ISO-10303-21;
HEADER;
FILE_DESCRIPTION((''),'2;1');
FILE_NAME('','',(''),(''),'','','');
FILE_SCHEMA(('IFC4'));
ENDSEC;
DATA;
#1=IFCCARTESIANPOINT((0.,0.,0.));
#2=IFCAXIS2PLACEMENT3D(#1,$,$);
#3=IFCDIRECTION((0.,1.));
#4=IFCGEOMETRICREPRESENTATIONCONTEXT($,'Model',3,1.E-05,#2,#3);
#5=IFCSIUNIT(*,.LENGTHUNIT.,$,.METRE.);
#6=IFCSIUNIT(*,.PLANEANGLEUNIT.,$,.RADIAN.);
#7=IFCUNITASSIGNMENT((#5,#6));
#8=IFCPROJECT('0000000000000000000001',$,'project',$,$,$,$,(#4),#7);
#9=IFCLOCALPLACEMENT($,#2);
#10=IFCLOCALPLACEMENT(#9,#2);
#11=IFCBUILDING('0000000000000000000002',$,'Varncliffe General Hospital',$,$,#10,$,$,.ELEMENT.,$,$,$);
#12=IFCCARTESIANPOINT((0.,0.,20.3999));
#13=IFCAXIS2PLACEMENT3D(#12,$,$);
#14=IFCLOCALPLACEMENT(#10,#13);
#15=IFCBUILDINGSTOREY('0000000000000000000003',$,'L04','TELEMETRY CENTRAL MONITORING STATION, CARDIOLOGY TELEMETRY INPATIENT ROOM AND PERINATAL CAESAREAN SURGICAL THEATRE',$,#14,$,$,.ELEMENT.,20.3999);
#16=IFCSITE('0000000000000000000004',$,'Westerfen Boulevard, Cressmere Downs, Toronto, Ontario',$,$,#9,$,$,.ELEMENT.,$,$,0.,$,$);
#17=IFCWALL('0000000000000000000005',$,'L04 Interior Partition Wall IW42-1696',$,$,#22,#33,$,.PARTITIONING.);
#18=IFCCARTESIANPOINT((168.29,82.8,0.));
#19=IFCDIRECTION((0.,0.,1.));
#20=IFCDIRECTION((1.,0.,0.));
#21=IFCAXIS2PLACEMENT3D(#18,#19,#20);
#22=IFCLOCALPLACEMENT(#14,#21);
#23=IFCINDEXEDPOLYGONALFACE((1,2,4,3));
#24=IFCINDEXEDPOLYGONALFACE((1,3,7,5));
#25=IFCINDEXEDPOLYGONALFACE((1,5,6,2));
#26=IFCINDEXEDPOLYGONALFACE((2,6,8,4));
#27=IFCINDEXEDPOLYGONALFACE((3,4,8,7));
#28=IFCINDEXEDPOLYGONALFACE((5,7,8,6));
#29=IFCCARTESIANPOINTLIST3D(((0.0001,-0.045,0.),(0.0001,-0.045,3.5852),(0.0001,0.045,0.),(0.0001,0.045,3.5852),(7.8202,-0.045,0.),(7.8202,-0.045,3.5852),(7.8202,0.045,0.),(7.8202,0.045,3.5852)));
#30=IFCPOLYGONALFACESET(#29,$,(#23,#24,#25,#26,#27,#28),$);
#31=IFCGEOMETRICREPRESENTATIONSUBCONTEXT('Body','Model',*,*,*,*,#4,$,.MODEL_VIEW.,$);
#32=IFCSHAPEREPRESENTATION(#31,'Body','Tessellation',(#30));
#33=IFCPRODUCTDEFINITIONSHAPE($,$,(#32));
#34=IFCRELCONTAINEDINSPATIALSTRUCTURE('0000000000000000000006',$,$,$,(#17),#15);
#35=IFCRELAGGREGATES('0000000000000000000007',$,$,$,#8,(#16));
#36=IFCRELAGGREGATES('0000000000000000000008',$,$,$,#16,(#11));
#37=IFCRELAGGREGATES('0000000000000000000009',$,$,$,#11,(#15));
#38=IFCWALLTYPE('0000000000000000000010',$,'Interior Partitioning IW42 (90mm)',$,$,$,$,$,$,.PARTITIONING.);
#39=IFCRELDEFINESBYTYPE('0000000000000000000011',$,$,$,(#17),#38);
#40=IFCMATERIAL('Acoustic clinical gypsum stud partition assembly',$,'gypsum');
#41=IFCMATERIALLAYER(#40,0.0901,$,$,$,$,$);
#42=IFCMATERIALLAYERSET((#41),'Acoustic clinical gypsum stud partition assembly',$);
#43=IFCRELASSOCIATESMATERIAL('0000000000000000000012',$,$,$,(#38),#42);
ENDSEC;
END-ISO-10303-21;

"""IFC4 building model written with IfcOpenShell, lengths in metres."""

from ifc_helpers import new_model, si_unit, direction, frame, frame_2d, origin, place, context, subcontext, project, spatial, rectangle, extrude, material, layer, layer_set, type_object, element, save


model = new_model("IFC4")

# Units and contexts
model_context = context("Model", 3, precision=1e-05, world=origin(), true_north=direction((0.0, 1.0)))
body_context = subcontext(model_context, "Body", "Model", "MODEL_VIEW")
ifc_project = project(units=[si_unit("LENGTHUNIT", "METRE"), si_unit("PLANEANGLEUNIT", "RADIAN")], contexts=[model_context])

# Site, building, storey
site_placement = place(None, origin())
site = spatial("IfcSite", under=ifc_project, at=site_placement, Name="Westerfen Boulevard, Cressmere Downs, Toronto, Ontario", CompositionType="ELEMENT", RefElevation=0.0)
building_placement = place(site_placement, origin())
building = spatial("IfcBuilding", under=site, at=building_placement, Name="Varncliffe General Hospital", CompositionType="ELEMENT")
storey_placement = place(building_placement, frame((0.0, 0.0, 20.3999)))
storey = spatial("IfcBuildingStorey", under=building, at=storey_placement, Name="L04", Description="TELEMETRY CENTRAL MONITORING STATION, CARDIOLOGY TELEMETRY INPATIENT ROOM AND PERINATAL CAESAREAN SURGICAL THEATRE", CompositionType="ELEMENT", Elevation=20.3999)

# Wall
ifc_material_1 = material(Name="Acoustic clinical gypsum stud partition assembly", Category="gypsum")
ifc_layer_1 = layer(ifc_material_1, 0.0901)
ifc_layer_set_1 = layer_set([ifc_layer_1], Name="Acoustic clinical gypsum stud partition assembly")
wall_type_1 = type_object("IfcWallType", Name="Interior Partitioning IW42 (90mm)", PredefinedType="PARTITIONING", material=ifc_layer_set_1)
wall_1_placement = place(storey_placement, frame((168.29, 82.8, 0.0), z_axis=(0.0, 0.0, 1.0), x_axis=(1.0, 0.0, 0.0)))
element("IfcWall", 1, at=wall_1_placement, inside=storey, type_object=wall_type_1, Name="L04 Interior Partition Wall IW42-1696", PredefinedType="PARTITIONING", context=body_context, shape_type="SweptSolid", body=[
    extrude(rectangle(XDim=7.8201, YDim=0.0901, at=frame_2d((3.9102, 0.0))), origin(), (0.0, 0.0, 1.0), 3.5852),
])

save(model, "model.ifc")
